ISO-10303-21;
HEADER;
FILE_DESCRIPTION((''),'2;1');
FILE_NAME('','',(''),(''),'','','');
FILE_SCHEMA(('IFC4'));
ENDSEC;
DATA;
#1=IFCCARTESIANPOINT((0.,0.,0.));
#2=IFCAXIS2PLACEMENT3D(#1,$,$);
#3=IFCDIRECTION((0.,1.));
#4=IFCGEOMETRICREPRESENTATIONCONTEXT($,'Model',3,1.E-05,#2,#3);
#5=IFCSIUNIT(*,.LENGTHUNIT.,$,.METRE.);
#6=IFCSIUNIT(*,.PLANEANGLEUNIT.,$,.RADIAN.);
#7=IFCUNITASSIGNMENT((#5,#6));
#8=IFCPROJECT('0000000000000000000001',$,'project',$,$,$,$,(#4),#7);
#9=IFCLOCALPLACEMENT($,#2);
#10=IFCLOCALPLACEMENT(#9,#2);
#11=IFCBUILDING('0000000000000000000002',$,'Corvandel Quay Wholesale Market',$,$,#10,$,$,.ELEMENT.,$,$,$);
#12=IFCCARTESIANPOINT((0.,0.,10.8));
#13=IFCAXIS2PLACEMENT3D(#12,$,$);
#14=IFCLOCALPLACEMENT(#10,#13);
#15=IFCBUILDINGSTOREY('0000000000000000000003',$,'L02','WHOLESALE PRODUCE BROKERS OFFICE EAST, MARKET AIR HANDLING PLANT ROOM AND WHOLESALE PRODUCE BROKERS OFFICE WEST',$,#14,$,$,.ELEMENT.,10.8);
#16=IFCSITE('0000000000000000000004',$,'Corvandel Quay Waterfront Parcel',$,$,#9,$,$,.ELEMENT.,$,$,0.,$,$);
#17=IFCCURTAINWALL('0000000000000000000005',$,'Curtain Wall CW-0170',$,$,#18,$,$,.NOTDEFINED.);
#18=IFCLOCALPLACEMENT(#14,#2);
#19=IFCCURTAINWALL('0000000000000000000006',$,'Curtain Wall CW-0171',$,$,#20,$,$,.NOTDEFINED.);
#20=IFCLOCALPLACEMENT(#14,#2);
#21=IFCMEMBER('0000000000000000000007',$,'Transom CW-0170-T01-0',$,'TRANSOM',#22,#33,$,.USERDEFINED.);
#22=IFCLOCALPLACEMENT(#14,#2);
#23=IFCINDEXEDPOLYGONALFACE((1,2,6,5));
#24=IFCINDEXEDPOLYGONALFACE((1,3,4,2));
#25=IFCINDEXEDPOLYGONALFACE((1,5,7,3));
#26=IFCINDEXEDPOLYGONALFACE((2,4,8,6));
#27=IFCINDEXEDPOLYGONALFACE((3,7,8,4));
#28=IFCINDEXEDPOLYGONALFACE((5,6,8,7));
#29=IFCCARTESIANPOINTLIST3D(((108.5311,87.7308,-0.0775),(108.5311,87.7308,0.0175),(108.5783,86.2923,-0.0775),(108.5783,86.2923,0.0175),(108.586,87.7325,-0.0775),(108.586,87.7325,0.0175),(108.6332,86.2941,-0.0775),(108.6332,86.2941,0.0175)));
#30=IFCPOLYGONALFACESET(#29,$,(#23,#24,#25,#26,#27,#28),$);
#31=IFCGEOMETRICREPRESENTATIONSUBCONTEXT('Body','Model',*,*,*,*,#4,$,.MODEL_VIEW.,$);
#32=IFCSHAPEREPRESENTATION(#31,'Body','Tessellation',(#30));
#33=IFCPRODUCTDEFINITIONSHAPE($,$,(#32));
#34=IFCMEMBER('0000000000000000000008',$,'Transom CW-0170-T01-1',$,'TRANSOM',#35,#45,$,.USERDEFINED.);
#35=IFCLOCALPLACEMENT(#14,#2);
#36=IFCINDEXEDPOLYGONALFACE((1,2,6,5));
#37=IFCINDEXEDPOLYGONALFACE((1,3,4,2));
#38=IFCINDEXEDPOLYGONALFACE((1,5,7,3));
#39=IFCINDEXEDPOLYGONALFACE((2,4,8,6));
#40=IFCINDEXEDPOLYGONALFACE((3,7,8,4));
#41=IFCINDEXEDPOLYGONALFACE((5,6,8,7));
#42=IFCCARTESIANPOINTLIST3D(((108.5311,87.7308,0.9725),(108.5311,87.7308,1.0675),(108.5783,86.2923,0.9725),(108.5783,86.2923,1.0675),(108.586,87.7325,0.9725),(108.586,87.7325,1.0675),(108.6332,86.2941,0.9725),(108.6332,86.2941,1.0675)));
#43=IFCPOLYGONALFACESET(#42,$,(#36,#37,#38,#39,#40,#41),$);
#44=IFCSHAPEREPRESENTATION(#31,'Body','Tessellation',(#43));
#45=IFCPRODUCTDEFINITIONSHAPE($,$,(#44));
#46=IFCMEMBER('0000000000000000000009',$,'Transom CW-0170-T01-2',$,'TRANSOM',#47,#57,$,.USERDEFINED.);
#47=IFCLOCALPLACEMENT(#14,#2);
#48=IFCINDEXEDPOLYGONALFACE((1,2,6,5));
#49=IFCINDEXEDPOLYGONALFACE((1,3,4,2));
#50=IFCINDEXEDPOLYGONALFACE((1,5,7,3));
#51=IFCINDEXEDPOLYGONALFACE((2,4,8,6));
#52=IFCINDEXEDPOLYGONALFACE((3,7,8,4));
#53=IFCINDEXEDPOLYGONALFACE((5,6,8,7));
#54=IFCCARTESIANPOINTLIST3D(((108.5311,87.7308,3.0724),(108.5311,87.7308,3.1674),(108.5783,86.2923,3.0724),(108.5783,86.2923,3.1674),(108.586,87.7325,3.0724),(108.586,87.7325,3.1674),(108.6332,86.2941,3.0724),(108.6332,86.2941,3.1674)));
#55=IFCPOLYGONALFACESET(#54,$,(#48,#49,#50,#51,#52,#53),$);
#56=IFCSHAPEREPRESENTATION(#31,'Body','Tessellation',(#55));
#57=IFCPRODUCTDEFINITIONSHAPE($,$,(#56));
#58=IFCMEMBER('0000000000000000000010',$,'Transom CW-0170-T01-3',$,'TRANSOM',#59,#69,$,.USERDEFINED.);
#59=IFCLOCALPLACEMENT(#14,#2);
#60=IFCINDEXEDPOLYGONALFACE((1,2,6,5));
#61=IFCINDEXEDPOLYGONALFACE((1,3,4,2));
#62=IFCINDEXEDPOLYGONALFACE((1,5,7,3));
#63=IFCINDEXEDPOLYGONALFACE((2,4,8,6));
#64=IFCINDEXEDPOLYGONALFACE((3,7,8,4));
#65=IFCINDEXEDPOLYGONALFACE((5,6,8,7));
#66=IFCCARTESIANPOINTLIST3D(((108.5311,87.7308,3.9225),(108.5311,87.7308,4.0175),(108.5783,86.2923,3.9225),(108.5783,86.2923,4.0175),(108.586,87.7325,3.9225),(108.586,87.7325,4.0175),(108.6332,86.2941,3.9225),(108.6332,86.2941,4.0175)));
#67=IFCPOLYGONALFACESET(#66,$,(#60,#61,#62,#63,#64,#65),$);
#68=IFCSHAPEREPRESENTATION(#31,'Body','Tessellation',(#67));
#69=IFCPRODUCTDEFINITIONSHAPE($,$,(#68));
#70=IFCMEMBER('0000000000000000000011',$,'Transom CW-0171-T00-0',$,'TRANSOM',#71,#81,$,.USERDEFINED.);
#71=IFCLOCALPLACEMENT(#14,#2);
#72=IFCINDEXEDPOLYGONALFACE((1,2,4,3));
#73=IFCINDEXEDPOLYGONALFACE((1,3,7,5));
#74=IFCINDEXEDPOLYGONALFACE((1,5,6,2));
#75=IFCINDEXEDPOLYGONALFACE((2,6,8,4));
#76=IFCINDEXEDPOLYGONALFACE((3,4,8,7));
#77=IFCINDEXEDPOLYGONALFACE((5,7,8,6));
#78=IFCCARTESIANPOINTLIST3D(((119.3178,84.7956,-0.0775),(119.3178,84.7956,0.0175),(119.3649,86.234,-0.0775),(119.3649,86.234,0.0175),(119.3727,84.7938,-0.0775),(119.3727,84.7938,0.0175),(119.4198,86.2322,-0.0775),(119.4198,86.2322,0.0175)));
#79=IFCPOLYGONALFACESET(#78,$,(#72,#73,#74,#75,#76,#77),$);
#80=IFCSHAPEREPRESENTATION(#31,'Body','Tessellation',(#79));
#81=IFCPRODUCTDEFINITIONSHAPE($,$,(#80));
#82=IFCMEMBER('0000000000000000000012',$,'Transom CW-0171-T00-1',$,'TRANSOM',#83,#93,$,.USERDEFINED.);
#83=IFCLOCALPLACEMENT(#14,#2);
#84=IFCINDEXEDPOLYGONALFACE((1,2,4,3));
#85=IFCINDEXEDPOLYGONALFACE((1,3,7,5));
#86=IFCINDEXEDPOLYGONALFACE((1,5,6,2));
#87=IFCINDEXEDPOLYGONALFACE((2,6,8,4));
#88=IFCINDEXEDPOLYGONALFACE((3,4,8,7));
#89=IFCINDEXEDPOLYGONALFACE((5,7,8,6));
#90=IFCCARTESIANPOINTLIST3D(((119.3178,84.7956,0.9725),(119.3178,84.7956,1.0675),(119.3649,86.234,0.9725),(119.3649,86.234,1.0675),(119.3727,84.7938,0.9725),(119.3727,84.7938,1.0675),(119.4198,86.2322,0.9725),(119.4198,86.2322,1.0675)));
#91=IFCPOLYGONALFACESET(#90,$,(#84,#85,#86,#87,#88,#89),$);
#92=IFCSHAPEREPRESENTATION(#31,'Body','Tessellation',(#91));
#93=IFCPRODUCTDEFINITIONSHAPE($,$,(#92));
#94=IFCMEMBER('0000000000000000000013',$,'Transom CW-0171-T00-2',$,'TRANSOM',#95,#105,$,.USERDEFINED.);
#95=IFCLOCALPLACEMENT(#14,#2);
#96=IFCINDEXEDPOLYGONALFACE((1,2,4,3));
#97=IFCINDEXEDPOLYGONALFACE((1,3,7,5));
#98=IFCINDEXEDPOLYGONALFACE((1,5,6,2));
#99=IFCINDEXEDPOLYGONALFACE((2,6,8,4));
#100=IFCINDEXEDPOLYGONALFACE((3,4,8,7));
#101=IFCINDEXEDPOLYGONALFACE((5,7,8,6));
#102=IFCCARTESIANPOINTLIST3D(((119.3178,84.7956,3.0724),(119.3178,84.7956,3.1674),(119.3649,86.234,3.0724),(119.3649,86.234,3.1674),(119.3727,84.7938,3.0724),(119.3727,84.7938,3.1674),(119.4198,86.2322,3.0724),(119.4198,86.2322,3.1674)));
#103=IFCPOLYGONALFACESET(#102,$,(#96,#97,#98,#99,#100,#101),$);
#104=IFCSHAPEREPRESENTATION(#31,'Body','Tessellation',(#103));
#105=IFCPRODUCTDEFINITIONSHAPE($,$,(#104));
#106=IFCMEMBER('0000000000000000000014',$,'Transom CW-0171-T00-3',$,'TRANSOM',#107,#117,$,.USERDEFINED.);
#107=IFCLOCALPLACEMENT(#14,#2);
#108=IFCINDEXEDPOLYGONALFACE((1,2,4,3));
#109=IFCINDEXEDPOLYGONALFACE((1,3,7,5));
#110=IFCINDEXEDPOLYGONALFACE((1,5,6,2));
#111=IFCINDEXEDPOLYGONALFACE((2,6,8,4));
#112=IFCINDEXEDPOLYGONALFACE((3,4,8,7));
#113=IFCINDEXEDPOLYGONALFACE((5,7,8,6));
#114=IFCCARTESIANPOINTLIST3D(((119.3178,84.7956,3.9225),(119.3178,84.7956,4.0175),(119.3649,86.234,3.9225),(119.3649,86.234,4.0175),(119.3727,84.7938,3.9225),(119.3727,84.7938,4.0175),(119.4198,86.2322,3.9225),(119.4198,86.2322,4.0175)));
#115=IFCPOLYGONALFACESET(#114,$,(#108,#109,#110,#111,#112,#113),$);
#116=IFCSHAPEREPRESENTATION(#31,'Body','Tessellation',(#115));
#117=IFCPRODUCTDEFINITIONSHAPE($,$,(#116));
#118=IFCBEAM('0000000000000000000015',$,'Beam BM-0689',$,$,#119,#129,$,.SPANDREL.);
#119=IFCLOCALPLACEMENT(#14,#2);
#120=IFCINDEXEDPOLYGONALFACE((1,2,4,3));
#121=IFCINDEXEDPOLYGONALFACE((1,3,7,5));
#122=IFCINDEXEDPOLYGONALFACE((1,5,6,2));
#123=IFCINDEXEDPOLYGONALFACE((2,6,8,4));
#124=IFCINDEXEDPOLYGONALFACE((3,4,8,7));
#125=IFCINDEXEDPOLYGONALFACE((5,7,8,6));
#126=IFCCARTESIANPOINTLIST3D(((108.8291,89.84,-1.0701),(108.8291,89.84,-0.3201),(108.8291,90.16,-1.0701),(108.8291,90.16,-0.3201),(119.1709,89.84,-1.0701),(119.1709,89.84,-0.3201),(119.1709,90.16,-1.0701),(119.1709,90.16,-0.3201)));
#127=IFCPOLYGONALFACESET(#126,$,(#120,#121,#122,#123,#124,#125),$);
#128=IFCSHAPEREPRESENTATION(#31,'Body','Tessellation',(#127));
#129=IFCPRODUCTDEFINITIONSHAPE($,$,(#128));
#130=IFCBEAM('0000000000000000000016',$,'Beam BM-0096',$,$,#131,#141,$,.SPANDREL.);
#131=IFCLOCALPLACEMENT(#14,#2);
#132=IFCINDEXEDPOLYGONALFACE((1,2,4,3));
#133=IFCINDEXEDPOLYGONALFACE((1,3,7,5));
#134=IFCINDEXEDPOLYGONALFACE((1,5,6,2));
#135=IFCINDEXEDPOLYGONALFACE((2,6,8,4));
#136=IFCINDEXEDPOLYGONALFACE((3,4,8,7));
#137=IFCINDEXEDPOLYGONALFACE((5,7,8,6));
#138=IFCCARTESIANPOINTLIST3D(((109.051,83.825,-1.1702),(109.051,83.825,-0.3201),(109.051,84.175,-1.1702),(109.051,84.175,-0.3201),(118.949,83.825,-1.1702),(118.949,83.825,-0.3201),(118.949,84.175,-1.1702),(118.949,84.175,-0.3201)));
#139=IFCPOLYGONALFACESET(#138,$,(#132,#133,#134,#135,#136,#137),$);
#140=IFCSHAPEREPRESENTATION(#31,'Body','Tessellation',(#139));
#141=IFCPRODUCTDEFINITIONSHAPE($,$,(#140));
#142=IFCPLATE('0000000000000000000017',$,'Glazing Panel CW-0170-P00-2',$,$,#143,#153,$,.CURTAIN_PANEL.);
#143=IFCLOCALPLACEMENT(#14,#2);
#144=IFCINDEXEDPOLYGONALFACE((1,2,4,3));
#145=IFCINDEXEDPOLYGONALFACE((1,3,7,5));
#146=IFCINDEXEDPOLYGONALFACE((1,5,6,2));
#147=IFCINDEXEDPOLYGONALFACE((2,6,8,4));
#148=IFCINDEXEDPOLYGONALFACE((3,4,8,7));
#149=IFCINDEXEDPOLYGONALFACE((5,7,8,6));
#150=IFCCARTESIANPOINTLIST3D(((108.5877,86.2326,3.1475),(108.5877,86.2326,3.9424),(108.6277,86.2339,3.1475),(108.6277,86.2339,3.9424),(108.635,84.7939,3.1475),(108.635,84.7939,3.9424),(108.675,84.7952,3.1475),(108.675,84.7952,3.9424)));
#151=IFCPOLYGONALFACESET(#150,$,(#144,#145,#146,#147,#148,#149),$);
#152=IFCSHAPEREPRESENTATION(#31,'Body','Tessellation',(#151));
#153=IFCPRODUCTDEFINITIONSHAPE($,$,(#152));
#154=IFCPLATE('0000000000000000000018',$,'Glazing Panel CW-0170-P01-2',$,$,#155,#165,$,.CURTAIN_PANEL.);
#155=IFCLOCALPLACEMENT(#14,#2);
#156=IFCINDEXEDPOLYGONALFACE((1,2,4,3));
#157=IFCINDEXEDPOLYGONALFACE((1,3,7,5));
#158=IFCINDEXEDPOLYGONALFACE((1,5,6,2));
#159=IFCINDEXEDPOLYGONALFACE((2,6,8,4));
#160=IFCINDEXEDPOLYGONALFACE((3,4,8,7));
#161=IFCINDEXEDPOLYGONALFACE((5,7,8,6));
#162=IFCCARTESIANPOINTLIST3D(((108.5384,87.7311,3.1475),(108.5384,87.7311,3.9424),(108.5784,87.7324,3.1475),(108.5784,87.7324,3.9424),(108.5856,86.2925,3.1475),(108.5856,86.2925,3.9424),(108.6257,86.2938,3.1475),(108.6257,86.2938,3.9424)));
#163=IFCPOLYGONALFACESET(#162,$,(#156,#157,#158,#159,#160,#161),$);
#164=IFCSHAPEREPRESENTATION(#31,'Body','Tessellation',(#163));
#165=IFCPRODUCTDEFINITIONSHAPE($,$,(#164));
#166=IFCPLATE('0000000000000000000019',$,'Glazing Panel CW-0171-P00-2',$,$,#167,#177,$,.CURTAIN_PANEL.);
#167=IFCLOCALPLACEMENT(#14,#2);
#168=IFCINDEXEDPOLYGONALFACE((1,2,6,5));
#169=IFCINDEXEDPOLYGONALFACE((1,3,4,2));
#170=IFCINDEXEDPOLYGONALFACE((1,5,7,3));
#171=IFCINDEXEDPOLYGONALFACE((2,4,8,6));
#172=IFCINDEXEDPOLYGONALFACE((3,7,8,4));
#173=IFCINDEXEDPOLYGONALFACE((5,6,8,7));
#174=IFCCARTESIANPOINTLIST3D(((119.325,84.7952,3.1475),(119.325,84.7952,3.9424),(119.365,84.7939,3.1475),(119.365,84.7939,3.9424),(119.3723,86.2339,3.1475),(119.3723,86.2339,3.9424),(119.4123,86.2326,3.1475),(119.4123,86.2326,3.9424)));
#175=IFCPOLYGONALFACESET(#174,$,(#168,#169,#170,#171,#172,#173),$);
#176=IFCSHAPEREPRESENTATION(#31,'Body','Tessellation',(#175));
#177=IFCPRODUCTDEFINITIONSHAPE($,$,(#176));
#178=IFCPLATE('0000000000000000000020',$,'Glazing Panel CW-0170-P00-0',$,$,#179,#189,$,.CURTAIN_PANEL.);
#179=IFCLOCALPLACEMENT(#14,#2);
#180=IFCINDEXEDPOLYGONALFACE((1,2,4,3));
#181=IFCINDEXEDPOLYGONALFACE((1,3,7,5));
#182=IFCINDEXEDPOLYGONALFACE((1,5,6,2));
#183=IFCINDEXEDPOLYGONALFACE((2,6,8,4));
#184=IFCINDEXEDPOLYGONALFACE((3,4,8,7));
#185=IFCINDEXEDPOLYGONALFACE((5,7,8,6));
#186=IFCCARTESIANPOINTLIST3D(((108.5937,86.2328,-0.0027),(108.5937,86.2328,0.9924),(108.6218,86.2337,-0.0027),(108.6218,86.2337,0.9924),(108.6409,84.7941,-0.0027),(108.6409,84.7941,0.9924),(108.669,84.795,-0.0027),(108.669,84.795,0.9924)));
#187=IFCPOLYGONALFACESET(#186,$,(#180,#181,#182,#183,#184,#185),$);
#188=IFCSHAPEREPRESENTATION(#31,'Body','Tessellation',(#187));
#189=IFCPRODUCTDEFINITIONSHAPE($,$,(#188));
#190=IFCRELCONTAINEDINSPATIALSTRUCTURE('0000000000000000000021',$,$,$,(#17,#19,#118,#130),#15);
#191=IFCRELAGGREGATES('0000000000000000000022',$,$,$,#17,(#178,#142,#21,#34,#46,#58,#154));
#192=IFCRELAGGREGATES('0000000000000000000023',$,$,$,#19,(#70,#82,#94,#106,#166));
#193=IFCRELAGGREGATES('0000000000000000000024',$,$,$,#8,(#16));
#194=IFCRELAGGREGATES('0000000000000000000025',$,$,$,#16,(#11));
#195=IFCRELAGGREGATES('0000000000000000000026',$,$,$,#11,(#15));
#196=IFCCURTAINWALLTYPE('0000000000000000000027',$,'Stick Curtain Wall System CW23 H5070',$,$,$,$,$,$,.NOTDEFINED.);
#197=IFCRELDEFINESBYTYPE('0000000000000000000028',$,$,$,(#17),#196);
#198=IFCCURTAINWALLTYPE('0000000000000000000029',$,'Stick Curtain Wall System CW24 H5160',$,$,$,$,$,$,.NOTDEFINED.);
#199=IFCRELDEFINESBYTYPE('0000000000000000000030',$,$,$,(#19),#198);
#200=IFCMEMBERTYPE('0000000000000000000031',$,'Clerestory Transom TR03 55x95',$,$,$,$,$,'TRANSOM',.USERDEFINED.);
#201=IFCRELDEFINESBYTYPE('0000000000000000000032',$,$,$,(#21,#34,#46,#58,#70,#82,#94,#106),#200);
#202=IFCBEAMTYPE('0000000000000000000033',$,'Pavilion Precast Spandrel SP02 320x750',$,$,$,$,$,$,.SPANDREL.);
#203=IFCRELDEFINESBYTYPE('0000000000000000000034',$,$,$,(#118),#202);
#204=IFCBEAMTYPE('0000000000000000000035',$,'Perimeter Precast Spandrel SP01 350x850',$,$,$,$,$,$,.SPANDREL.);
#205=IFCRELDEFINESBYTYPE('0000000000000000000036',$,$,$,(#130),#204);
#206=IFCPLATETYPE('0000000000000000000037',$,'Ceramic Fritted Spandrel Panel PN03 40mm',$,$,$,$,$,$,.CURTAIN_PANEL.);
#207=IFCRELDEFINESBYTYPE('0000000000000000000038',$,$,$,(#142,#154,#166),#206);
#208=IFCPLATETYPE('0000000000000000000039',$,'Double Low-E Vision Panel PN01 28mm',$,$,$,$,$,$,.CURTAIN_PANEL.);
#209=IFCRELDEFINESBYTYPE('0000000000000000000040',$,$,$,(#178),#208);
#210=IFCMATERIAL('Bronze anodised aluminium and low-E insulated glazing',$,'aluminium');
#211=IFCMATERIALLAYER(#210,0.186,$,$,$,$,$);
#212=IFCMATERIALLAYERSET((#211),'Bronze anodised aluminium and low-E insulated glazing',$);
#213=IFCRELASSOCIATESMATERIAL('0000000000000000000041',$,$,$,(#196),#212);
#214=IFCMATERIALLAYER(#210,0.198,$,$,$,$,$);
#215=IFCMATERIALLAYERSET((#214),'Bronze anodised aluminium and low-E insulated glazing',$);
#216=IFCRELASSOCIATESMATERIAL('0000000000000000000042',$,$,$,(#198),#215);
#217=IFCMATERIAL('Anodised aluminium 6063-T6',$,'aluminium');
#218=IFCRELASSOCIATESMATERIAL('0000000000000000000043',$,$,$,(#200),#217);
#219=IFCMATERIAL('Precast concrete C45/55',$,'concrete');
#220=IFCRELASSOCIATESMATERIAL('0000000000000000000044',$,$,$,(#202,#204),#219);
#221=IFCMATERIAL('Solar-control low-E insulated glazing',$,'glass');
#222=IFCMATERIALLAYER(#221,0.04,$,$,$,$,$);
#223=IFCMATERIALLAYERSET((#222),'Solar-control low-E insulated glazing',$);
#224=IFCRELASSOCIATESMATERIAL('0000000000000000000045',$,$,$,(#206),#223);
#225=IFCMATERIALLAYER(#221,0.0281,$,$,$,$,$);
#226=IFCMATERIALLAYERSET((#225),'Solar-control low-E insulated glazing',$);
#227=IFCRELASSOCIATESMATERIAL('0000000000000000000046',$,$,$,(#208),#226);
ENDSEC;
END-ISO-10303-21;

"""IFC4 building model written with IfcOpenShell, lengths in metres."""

from ifc_helpers import new_model, si_unit, direction, frame, origin, origin_2d, place, context, subcontext, project, spatial, rectangle, extrude, material, layer, layer_set, material_profile, profile_set, type_object, element, aggregate, save


model = new_model("IFC4")

# Units and contexts
model_context = context("Model", 3, precision=1e-05, world=origin(), true_north=direction((0.0, 1.0)))
body_context = subcontext(model_context, "Body", "Model", "MODEL_VIEW")
ifc_project = project(units=[si_unit("LENGTHUNIT", "METRE"), si_unit("PLANEANGLEUNIT", "RADIAN")], contexts=[model_context])

# Site, building, storey
site_placement = place(None, origin())
site = spatial("IfcSite", under=ifc_project, at=site_placement, Name="Corvandel Quay Waterfront Parcel", CompositionType="ELEMENT", RefElevation=0.0)
building_placement = place(site_placement, origin())
building = spatial("IfcBuilding", under=site, at=building_placement, Name="Corvandel Quay Wholesale Market", CompositionType="ELEMENT")
storey_placement = place(building_placement, frame((0.0, 0.0, 10.8)))
storey = spatial("IfcBuildingStorey", under=building, at=storey_placement, Name="L02", Description="WHOLESALE PRODUCE BROKERS OFFICE EAST, MARKET AIR HANDLING PLANT ROOM AND WHOLESALE PRODUCE BROKERS OFFICE WEST", CompositionType="ELEMENT", Elevation=10.8)

# Shared definitions
ifc_material_1 = material(Name="Precast concrete C45/55", Category="concrete")

# Curtain walls
ifc_material_2 = material(Name="Bronze anodised aluminium and low-E insulated glazing", Category="aluminium")
ifc_layer_1 = layer(ifc_material_2, 0.186)
ifc_layer_set_1 = layer_set([ifc_layer_1], Name="Bronze anodised aluminium and low-E insulated glazing")
curtain_wall_type_1 = type_object("IfcCurtainWallType", Name="Stick Curtain Wall System CW23 H5070", PredefinedType="NOTDEFINED", material=ifc_layer_set_1)
curtain_wall_1_placement = place(storey_placement, origin())
curtain_wall_1 = element("IfcCurtainWall", 1, at=curtain_wall_1_placement, inside=storey, type_object=curtain_wall_type_1, Name="Curtain Wall CW-0170", PredefinedType="NOTDEFINED")
ifc_material_3 = material(Name="Anodised aluminium 6063-T6", Category="aluminium")
ifc_layer_2 = layer(ifc_material_2, 0.198)
ifc_layer_set_2 = layer_set([ifc_layer_2], Name="Bronze anodised aluminium and low-E insulated glazing")
curtain_wall_type_2 = type_object("IfcCurtainWallType", Name="Stick Curtain Wall System CW24 H5160", PredefinedType="NOTDEFINED", material=ifc_layer_set_2)
curtain_wall_2_placement = place(storey_placement, origin())
curtain_wall_2 = element("IfcCurtainWall", 2, at=curtain_wall_2_placement, inside=storey, type_object=curtain_wall_type_2, Name="Curtain Wall CW-0171", PredefinedType="NOTDEFINED")

# Members
ifc_material_profile_1 = material_profile(ifc_material_3, rectangle(XDim=0.0549, YDim=0.095, at=origin_2d()), Name="ALU-TRN-55x95")
ifc_profile_set_1 = profile_set([ifc_material_profile_1], Name="Anodised aluminium 6063-T6")
member_type_1 = type_object("IfcMemberType", Name="Clerestory Transom TR03 55x95", ElementType="TRANSOM", PredefinedType="USERDEFINED", material=ifc_profile_set_1)
member_1_placement = place(storey_placement, frame((108.6057, 86.2932, -0.03), z_axis=(-0.032739, 0.999464, 0.0), x_axis=(-0.999464, -0.032739, 0.0)))
member_1 = element("IfcMember", 3, at=member_1_placement, type_object=member_type_1, Name="Transom CW-0170-T01-0", ObjectType="TRANSOM", PredefinedType="USERDEFINED", context=body_context, shape_type="SweptSolid", body=[
    extrude(rectangle(XDim=0.0549, YDim=0.095, at=origin_2d()), origin(), (0.0, 0.0, 1.0), 1.4392),
])
member_2_placement = place(storey_placement, frame((108.6057, 86.2932, 1.02), z_axis=(-0.032739, 0.999464, 0.0), x_axis=(-0.999464, -0.032739, 0.0)))
member_2 = element("IfcMember", 4, at=member_2_placement, type_object=member_type_1, Name="Transom CW-0170-T01-1", ObjectType="TRANSOM", PredefinedType="USERDEFINED", context=body_context, shape_type="SweptSolid", body=[
    extrude(rectangle(XDim=0.0549, YDim=0.095, at=origin_2d()), origin(), (0.0, 0.0, 1.0), 1.4392),
])
member_3_placement = place(storey_placement, frame((108.6057, 86.2932, 3.1199), z_axis=(-0.032739, 0.999464, 0.0), x_axis=(-0.999464, -0.032739, 0.0)))
member_3 = element("IfcMember", 5, at=member_3_placement, type_object=member_type_1, Name="Transom CW-0170-T01-2", ObjectType="TRANSOM", PredefinedType="USERDEFINED", context=body_context, shape_type="SweptSolid", body=[
    extrude(rectangle(XDim=0.0549, YDim=0.095, at=origin_2d()), origin(), (0.0, 0.0, 1.0), 1.4392),
])
member_4_placement = place(storey_placement, frame((108.6057, 86.2932, 3.97), z_axis=(-0.032739, 0.999464, 0.0), x_axis=(-0.999464, -0.032739, 0.0)))
member_4 = element("IfcMember", 6, at=member_4_placement, type_object=member_type_1, Name="Transom CW-0170-T01-3", ObjectType="TRANSOM", PredefinedType="USERDEFINED", context=body_context, shape_type="SweptSolid", body=[
    extrude(rectangle(XDim=0.0549, YDim=0.095, at=origin_2d()), origin(), (0.0, 0.0, 1.0), 1.4392),
])
member_5_placement = place(storey_placement, frame((119.3452, 84.7947, -0.03), z_axis=(0.032739, 0.999464, 0.0), x_axis=(-0.999464, 0.032739, 0.0)))
member_5 = element("IfcMember", 7, at=member_5_placement, type_object=member_type_1, Name="Transom CW-0171-T00-0", ObjectType="TRANSOM", PredefinedType="USERDEFINED", context=body_context, shape_type="SweptSolid", body=[
    extrude(rectangle(XDim=0.0549, YDim=0.095, at=origin_2d()), origin(), (0.0, 0.0, 1.0), 1.4392),
])
member_6_placement = place(storey_placement, frame((119.3452, 84.7947, 1.02), z_axis=(0.032739, 0.999464, 0.0), x_axis=(-0.999464, 0.032739, 0.0)))
member_6 = element("IfcMember", 8, at=member_6_placement, type_object=member_type_1, Name="Transom CW-0171-T00-1", ObjectType="TRANSOM", PredefinedType="USERDEFINED", context=body_context, shape_type="SweptSolid", body=[
    extrude(rectangle(XDim=0.0549, YDim=0.095, at=origin_2d()), origin(), (0.0, 0.0, 1.0), 1.4392),
])
member_7_placement = place(storey_placement, frame((119.3452, 84.7947, 3.1199), z_axis=(0.032739, 0.999464, 0.0), x_axis=(-0.999464, 0.032739, 0.0)))
member_7 = element("IfcMember", 9, at=member_7_placement, type_object=member_type_1, Name="Transom CW-0171-T00-2", ObjectType="TRANSOM", PredefinedType="USERDEFINED", context=body_context, shape_type="SweptSolid", body=[
    extrude(rectangle(XDim=0.0549, YDim=0.095, at=origin_2d()), origin(), (0.0, 0.0, 1.0), 1.4392),
])
member_8_placement = place(storey_placement, frame((119.3452, 84.7947, 3.97), z_axis=(0.032739, 0.999464, 0.0), x_axis=(-0.999464, 0.032739, 0.0)))
member_8 = element("IfcMember", 10, at=member_8_placement, type_object=member_type_1, Name="Transom CW-0171-T00-3", ObjectType="TRANSOM", PredefinedType="USERDEFINED", context=body_context, shape_type="SweptSolid", body=[
    extrude(rectangle(XDim=0.0549, YDim=0.095, at=origin_2d()), origin(), (0.0, 0.0, 1.0), 1.4392),
])

# Beams
ifc_material_profile_2 = material_profile(ifc_material_1, rectangle(XDim=0.3201, YDim=0.75, at=origin_2d()), Name="PC-SPN-320x750")
ifc_profile_set_2 = profile_set([ifc_material_profile_2], Name="Precast concrete C45/55")
beam_type_1 = type_object("IfcBeamType", Name="Pavilion Precast Spandrel SP02 320x750", PredefinedType="SPANDREL", material=ifc_profile_set_2)
beam_1_placement = place(storey_placement, frame((108.8291, 90.0, -0.6951), z_axis=(1.0, 0.0, 0.0), x_axis=(0.0, 1.0, 0.0)))
element("IfcBeam", 11, at=beam_1_placement, inside=storey, type_object=beam_type_1, Name="Beam BM-0689", PredefinedType="SPANDREL", context=body_context, shape_type="SweptSolid", body=[
    extrude(rectangle(XDim=0.3201, YDim=0.75, at=origin_2d()), origin(), (0.0, 0.0, 1.0), 10.3418),
])
ifc_material_profile_3 = material_profile(ifc_material_1, rectangle(XDim=0.3501, YDim=0.8501, at=origin_2d()), Name="PC-SPN-350x850")
ifc_profile_set_3 = profile_set([ifc_material_profile_3], Name="Precast concrete C45/55")
beam_type_2 = type_object("IfcBeamType", Name="Perimeter Precast Spandrel SP01 350x850", PredefinedType="SPANDREL", material=ifc_profile_set_3)
beam_2_placement = place(storey_placement, frame((118.949, 84.0, -0.7451), z_axis=(-1.0, 0.0, 0.0), x_axis=(0.0, -1.0, 0.0)))
element("IfcBeam", 12, at=beam_2_placement, inside=storey, type_object=beam_type_2, Name="Beam BM-0096", PredefinedType="SPANDREL", context=body_context, shape_type="SweptSolid", body=[
    extrude(rectangle(XDim=0.3501, YDim=0.8501, at=origin_2d()), origin(), (0.0, 0.0, 1.0), 9.8979),
])

# Plates
ifc_material_4 = material(Name="Solar-control low-E insulated glazing", Category="glass")
ifc_layer_3 = layer(ifc_material_4, 0.04)
ifc_layer_set_3 = layer_set([ifc_layer_3], Name="Solar-control low-E insulated glazing")
plate_type_1 = type_object("IfcPlateType", Name="Ceramic Fritted Spandrel Panel PN03 40mm", PredefinedType="CURTAIN_PANEL", material=ifc_layer_set_3)
plate_1_placement = place(storey_placement, frame((108.6313, 85.5139, 3.1475), z_axis=(0.0, 0.0, 1.0), x_axis=(-0.032806, 0.999462, 0.0)))
plate_1 = element("IfcPlate", 13, at=plate_1_placement, type_object=plate_type_1, Name="Glazing Panel CW-0170-P00-2", PredefinedType="CURTAIN_PANEL", context=body_context, shape_type="SweptSolid", body=[
    extrude(rectangle(XDim=1.4395, YDim=0.04, at=origin_2d()), origin(), (0.0, 0.0, 1.0), 0.7949),
])
plate_2_placement = place(storey_placement, frame((108.582, 87.0125, 3.1475), z_axis=(0.0, 0.0, 1.0), x_axis=(-0.032806, 0.999462, 0.0)))
plate_2 = element("IfcPlate", 14, at=plate_2_placement, type_object=plate_type_1, Name="Glazing Panel CW-0170-P01-2", PredefinedType="CURTAIN_PANEL", context=body_context, shape_type="SweptSolid", body=[
    extrude(rectangle(XDim=1.4395, YDim=0.04, at=origin_2d()), origin(), (0.0, 0.0, 1.0), 0.7949),
])
plate_3_placement = place(storey_placement, frame((119.3687, 85.5139, 3.1475), z_axis=(0.0, 0.0, 1.0), x_axis=(0.032806, 0.999462, 0.0)))
plate_3 = element("IfcPlate", 15, at=plate_3_placement, type_object=plate_type_1, Name="Glazing Panel CW-0171-P00-2", PredefinedType="CURTAIN_PANEL", context=body_context, shape_type="SweptSolid", body=[
    extrude(rectangle(XDim=1.4395, YDim=0.04, at=origin_2d()), origin(), (0.0, 0.0, 1.0), 0.7949),
])
ifc_layer_4 = layer(ifc_material_4, 0.0281)
ifc_layer_set_4 = layer_set([ifc_layer_4], Name="Solar-control low-E insulated glazing")
plate_type_2 = type_object("IfcPlateType", Name="Double Low-E Vision Panel PN01 28mm", PredefinedType="CURTAIN_PANEL", material=ifc_layer_set_4)
plate_4_placement = place(storey_placement, frame((108.6313, 85.5139, -0.0027), z_axis=(0.0, 0.0, 1.0), x_axis=(-0.032806, 0.999462, 0.0)))
plate_4 = element("IfcPlate", 16, at=plate_4_placement, type_object=plate_type_2, Name="Glazing Panel CW-0170-P00-0", PredefinedType="CURTAIN_PANEL", context=body_context, shape_type="SweptSolid", body=[
    extrude(rectangle(XDim=1.4395, YDim=0.0281, at=origin_2d()), origin(), (0.0, 0.0, 1.0), 0.9951),
])
aggregate(curtain_wall_1, [plate_4, plate_1, member_1, member_2, member_3, member_4, plate_2])
aggregate(curtain_wall_2, [member_5, member_6, member_7, member_8, plate_3])

save(model, "model.ifc")
